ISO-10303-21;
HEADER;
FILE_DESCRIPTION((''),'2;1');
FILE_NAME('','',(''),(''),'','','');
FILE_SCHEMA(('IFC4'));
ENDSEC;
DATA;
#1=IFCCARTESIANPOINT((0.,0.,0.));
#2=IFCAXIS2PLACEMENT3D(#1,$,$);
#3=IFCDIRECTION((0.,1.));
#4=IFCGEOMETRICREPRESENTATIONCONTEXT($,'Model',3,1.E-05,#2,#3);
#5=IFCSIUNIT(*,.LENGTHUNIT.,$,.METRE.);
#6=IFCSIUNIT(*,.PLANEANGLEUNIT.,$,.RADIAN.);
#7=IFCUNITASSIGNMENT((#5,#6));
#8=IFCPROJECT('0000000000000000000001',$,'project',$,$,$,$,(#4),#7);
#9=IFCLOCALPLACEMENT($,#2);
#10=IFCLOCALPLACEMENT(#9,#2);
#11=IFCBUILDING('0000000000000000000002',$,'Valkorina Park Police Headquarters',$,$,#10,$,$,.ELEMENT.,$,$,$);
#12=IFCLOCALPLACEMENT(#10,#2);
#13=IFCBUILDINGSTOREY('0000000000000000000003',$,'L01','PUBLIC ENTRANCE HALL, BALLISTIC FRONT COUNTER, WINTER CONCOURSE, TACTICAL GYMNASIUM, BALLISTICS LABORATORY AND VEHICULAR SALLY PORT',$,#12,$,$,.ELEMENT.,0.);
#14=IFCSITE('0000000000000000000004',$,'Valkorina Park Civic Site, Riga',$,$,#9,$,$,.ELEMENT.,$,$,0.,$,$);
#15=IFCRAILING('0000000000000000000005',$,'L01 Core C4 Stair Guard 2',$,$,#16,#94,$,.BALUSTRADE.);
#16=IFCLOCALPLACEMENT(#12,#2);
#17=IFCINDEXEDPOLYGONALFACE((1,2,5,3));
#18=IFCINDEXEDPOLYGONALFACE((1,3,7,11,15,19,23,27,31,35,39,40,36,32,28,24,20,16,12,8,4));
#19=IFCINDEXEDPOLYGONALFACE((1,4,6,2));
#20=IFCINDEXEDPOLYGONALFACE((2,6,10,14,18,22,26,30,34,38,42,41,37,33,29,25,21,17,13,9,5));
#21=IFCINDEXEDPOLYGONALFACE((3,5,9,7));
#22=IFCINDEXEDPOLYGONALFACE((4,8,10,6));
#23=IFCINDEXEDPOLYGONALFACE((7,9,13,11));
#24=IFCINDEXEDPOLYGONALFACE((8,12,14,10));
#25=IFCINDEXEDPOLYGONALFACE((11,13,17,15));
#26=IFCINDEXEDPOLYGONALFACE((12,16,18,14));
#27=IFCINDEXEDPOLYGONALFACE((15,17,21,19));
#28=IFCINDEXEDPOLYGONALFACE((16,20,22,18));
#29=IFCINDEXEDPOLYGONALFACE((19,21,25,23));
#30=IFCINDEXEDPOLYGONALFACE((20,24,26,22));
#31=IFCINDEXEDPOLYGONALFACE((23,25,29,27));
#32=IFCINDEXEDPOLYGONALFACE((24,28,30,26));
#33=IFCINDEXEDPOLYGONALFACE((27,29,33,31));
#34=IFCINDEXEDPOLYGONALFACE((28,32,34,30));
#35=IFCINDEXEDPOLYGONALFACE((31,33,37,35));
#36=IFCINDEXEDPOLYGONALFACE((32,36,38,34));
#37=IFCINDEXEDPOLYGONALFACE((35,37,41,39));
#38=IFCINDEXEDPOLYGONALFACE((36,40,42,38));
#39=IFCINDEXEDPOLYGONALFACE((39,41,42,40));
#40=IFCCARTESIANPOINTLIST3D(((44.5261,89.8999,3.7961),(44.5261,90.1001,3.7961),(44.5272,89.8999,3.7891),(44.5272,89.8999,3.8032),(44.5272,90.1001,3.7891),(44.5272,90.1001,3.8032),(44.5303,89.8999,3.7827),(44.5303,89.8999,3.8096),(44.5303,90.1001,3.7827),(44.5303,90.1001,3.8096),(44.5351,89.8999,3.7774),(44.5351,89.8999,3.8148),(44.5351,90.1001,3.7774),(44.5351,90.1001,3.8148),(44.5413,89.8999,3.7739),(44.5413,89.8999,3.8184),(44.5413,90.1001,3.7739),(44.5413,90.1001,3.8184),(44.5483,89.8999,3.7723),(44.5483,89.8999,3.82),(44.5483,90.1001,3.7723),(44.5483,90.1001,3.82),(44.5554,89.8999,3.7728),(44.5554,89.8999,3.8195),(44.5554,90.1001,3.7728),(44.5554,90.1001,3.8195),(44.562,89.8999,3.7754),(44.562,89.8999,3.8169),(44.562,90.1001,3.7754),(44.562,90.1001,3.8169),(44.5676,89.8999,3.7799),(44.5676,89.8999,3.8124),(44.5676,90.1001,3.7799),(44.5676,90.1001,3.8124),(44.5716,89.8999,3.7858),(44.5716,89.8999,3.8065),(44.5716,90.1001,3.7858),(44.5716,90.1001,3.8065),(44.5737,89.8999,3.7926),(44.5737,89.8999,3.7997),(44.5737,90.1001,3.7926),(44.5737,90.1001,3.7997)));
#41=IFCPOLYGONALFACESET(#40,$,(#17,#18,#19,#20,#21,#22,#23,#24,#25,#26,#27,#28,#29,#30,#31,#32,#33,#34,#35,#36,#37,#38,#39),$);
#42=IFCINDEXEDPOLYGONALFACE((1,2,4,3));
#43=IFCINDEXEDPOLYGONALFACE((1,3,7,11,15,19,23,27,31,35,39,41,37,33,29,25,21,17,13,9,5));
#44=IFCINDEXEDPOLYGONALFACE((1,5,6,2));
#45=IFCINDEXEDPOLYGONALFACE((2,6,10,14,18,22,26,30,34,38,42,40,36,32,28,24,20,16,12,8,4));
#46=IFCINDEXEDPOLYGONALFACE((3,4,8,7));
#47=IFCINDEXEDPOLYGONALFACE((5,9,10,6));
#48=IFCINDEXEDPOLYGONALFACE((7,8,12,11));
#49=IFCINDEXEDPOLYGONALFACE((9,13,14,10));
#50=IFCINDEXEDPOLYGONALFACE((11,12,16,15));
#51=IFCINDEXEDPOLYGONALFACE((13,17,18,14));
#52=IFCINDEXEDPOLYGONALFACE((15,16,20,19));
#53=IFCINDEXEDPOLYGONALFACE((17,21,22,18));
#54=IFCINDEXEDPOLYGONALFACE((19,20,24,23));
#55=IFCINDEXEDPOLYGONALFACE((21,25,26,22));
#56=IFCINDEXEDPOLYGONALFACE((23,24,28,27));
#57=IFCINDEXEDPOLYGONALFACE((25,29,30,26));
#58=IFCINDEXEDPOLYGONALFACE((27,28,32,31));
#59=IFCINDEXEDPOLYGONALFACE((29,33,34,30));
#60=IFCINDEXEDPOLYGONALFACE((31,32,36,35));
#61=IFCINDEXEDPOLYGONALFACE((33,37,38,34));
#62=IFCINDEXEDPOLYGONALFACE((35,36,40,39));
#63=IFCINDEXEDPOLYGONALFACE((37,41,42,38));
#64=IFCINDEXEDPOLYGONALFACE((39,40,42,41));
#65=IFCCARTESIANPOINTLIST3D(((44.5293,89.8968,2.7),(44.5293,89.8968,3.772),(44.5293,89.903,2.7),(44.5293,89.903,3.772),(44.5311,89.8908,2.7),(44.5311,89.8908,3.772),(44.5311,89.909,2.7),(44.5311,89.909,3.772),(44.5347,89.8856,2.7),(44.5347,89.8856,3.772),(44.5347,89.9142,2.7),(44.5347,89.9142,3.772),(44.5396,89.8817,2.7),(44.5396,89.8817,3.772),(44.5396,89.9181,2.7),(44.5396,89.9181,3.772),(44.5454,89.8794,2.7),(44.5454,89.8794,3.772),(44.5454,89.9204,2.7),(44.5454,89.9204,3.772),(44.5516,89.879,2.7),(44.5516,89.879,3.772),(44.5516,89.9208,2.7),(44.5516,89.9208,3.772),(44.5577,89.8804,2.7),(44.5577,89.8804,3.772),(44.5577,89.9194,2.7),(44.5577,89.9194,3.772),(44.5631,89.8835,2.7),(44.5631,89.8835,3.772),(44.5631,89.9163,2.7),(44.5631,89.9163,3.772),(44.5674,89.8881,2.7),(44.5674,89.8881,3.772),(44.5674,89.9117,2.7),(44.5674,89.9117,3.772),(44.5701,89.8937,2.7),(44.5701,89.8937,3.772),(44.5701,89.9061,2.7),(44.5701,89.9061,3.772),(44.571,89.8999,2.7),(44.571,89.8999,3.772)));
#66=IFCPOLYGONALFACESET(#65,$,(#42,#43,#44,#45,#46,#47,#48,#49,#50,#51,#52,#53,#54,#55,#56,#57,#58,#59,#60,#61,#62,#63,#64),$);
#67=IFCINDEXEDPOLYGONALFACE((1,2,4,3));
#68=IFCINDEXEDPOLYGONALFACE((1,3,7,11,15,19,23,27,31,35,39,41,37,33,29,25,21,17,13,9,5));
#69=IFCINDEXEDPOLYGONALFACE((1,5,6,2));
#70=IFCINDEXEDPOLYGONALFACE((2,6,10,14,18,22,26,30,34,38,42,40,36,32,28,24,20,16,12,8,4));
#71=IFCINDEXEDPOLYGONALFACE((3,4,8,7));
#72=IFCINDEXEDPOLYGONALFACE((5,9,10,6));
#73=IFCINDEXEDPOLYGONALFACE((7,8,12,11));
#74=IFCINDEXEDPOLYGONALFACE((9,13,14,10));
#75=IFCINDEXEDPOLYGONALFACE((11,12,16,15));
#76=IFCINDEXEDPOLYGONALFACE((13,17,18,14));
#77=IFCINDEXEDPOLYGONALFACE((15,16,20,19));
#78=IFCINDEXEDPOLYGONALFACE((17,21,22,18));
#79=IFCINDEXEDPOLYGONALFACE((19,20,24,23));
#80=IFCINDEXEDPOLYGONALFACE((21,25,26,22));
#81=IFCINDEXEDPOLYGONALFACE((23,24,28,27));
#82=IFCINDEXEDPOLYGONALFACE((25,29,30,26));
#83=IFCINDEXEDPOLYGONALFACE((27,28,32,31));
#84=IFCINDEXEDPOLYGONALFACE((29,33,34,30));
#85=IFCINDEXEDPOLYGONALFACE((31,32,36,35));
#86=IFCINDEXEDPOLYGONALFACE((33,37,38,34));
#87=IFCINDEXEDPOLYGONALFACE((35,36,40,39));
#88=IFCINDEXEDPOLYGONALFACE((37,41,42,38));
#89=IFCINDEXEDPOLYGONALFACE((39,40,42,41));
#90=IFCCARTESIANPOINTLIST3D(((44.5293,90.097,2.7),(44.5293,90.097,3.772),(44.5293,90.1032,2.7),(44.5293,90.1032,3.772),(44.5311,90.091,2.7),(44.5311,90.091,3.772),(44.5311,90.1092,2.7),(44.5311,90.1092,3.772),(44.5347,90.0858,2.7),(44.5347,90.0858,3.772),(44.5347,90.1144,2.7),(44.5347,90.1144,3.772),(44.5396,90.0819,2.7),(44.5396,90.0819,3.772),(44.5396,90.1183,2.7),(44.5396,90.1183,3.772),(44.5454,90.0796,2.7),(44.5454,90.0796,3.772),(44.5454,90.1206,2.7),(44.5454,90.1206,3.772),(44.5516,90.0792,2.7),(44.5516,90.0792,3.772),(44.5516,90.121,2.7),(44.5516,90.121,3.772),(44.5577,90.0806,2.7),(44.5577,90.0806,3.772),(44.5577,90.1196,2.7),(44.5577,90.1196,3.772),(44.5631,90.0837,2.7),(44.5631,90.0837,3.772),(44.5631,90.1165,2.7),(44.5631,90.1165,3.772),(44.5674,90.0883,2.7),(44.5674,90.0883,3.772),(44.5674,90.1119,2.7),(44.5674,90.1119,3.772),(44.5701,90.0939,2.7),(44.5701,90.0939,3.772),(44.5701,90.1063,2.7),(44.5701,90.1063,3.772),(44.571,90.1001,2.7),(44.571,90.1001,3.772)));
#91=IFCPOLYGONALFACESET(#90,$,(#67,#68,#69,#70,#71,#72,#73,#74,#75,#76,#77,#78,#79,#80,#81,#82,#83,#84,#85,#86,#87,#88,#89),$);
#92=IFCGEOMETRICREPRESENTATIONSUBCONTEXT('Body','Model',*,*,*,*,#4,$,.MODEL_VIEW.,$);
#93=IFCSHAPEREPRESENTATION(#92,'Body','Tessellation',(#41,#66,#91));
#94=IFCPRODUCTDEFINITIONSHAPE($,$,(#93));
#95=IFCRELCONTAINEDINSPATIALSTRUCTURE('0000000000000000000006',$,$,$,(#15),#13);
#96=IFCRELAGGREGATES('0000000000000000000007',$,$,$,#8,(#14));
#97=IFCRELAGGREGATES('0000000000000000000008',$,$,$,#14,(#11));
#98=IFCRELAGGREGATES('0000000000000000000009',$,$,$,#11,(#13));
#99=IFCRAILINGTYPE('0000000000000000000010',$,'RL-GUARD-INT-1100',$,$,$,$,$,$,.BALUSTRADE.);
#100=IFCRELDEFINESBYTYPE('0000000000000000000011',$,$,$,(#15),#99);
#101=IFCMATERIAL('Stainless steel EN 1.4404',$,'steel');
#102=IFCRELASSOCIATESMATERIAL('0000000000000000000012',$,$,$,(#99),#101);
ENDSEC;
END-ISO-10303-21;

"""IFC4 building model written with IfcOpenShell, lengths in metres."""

from ifc_helpers import new_model, si_unit, direction, frame, origin, origin_2d, place, context, subcontext, project, spatial, circle, extrude, material, type_object, element, save


model = new_model("IFC4")

# Units and contexts
model_context = context("Model", 3, precision=1e-05, world=origin(), true_north=direction((0.0, 1.0)))
body_context = subcontext(model_context, "Body", "Model", "MODEL_VIEW")
ifc_project = project(units=[si_unit("LENGTHUNIT", "METRE"), si_unit("PLANEANGLEUNIT", "RADIAN")], contexts=[model_context])

# Site, building, storey
site_placement = place(None, origin())
site = spatial("IfcSite", under=ifc_project, at=site_placement, Name="Valkorina Park Civic Site, Riga", CompositionType="ELEMENT", RefElevation=0.0)
building_placement = place(site_placement, origin())
building = spatial("IfcBuilding", under=site, at=building_placement, Name="Valkorina Park Police Headquarters", CompositionType="ELEMENT")
storey_placement = place(building_placement, origin())
storey = spatial("IfcBuildingStorey", under=building, at=storey_placement, Name="L01", Description="PUBLIC ENTRANCE HALL, BALLISTIC FRONT COUNTER, WINTER CONCOURSE, TACTICAL GYMNASIUM, BALLISTICS LABORATORY AND VEHICULAR SALLY PORT", CompositionType="ELEMENT", Elevation=0.0)

# Shared definitions
ifc_material_1 = material(Name="Stainless steel EN 1.4404", Category="steel")

# Railing
railing_type_1 = type_object("IfcRailingType", Name="RL-GUARD-INT-1100", PredefinedType="BALUSTRADE", material=ifc_material_1)
railing_1_placement = place(storey_placement, frame((44.55, 89.8999, 2.7)))
element("IfcRailing", 1, at=railing_1_placement, inside=storey, type_object=railing_type_1, Name="L01 Core C4 Stair Guard 2", PredefinedType="BALUSTRADE", context=body_context, shape_type="SweptSolid", body=[
    extrude(circle(Radius=0.0239, at=origin_2d()), frame((0.0, 0.0, 1.0962), z_axis=(0.0, 1.0, 0.0), x_axis=(-1.0, 0.0, 0.0)), (0.0, 0.0, 1.0), 0.2002),
    extrude(circle(Radius=0.021, at=origin_2d()), origin(), (0.0, 0.0, 1.0), 1.072),
    extrude(circle(Radius=0.021, at=origin_2d()), frame((0.0, 0.2002, 0.0)), (0.0, 0.0, 1.0), 1.072),
])

save(model, "model.ifc")
